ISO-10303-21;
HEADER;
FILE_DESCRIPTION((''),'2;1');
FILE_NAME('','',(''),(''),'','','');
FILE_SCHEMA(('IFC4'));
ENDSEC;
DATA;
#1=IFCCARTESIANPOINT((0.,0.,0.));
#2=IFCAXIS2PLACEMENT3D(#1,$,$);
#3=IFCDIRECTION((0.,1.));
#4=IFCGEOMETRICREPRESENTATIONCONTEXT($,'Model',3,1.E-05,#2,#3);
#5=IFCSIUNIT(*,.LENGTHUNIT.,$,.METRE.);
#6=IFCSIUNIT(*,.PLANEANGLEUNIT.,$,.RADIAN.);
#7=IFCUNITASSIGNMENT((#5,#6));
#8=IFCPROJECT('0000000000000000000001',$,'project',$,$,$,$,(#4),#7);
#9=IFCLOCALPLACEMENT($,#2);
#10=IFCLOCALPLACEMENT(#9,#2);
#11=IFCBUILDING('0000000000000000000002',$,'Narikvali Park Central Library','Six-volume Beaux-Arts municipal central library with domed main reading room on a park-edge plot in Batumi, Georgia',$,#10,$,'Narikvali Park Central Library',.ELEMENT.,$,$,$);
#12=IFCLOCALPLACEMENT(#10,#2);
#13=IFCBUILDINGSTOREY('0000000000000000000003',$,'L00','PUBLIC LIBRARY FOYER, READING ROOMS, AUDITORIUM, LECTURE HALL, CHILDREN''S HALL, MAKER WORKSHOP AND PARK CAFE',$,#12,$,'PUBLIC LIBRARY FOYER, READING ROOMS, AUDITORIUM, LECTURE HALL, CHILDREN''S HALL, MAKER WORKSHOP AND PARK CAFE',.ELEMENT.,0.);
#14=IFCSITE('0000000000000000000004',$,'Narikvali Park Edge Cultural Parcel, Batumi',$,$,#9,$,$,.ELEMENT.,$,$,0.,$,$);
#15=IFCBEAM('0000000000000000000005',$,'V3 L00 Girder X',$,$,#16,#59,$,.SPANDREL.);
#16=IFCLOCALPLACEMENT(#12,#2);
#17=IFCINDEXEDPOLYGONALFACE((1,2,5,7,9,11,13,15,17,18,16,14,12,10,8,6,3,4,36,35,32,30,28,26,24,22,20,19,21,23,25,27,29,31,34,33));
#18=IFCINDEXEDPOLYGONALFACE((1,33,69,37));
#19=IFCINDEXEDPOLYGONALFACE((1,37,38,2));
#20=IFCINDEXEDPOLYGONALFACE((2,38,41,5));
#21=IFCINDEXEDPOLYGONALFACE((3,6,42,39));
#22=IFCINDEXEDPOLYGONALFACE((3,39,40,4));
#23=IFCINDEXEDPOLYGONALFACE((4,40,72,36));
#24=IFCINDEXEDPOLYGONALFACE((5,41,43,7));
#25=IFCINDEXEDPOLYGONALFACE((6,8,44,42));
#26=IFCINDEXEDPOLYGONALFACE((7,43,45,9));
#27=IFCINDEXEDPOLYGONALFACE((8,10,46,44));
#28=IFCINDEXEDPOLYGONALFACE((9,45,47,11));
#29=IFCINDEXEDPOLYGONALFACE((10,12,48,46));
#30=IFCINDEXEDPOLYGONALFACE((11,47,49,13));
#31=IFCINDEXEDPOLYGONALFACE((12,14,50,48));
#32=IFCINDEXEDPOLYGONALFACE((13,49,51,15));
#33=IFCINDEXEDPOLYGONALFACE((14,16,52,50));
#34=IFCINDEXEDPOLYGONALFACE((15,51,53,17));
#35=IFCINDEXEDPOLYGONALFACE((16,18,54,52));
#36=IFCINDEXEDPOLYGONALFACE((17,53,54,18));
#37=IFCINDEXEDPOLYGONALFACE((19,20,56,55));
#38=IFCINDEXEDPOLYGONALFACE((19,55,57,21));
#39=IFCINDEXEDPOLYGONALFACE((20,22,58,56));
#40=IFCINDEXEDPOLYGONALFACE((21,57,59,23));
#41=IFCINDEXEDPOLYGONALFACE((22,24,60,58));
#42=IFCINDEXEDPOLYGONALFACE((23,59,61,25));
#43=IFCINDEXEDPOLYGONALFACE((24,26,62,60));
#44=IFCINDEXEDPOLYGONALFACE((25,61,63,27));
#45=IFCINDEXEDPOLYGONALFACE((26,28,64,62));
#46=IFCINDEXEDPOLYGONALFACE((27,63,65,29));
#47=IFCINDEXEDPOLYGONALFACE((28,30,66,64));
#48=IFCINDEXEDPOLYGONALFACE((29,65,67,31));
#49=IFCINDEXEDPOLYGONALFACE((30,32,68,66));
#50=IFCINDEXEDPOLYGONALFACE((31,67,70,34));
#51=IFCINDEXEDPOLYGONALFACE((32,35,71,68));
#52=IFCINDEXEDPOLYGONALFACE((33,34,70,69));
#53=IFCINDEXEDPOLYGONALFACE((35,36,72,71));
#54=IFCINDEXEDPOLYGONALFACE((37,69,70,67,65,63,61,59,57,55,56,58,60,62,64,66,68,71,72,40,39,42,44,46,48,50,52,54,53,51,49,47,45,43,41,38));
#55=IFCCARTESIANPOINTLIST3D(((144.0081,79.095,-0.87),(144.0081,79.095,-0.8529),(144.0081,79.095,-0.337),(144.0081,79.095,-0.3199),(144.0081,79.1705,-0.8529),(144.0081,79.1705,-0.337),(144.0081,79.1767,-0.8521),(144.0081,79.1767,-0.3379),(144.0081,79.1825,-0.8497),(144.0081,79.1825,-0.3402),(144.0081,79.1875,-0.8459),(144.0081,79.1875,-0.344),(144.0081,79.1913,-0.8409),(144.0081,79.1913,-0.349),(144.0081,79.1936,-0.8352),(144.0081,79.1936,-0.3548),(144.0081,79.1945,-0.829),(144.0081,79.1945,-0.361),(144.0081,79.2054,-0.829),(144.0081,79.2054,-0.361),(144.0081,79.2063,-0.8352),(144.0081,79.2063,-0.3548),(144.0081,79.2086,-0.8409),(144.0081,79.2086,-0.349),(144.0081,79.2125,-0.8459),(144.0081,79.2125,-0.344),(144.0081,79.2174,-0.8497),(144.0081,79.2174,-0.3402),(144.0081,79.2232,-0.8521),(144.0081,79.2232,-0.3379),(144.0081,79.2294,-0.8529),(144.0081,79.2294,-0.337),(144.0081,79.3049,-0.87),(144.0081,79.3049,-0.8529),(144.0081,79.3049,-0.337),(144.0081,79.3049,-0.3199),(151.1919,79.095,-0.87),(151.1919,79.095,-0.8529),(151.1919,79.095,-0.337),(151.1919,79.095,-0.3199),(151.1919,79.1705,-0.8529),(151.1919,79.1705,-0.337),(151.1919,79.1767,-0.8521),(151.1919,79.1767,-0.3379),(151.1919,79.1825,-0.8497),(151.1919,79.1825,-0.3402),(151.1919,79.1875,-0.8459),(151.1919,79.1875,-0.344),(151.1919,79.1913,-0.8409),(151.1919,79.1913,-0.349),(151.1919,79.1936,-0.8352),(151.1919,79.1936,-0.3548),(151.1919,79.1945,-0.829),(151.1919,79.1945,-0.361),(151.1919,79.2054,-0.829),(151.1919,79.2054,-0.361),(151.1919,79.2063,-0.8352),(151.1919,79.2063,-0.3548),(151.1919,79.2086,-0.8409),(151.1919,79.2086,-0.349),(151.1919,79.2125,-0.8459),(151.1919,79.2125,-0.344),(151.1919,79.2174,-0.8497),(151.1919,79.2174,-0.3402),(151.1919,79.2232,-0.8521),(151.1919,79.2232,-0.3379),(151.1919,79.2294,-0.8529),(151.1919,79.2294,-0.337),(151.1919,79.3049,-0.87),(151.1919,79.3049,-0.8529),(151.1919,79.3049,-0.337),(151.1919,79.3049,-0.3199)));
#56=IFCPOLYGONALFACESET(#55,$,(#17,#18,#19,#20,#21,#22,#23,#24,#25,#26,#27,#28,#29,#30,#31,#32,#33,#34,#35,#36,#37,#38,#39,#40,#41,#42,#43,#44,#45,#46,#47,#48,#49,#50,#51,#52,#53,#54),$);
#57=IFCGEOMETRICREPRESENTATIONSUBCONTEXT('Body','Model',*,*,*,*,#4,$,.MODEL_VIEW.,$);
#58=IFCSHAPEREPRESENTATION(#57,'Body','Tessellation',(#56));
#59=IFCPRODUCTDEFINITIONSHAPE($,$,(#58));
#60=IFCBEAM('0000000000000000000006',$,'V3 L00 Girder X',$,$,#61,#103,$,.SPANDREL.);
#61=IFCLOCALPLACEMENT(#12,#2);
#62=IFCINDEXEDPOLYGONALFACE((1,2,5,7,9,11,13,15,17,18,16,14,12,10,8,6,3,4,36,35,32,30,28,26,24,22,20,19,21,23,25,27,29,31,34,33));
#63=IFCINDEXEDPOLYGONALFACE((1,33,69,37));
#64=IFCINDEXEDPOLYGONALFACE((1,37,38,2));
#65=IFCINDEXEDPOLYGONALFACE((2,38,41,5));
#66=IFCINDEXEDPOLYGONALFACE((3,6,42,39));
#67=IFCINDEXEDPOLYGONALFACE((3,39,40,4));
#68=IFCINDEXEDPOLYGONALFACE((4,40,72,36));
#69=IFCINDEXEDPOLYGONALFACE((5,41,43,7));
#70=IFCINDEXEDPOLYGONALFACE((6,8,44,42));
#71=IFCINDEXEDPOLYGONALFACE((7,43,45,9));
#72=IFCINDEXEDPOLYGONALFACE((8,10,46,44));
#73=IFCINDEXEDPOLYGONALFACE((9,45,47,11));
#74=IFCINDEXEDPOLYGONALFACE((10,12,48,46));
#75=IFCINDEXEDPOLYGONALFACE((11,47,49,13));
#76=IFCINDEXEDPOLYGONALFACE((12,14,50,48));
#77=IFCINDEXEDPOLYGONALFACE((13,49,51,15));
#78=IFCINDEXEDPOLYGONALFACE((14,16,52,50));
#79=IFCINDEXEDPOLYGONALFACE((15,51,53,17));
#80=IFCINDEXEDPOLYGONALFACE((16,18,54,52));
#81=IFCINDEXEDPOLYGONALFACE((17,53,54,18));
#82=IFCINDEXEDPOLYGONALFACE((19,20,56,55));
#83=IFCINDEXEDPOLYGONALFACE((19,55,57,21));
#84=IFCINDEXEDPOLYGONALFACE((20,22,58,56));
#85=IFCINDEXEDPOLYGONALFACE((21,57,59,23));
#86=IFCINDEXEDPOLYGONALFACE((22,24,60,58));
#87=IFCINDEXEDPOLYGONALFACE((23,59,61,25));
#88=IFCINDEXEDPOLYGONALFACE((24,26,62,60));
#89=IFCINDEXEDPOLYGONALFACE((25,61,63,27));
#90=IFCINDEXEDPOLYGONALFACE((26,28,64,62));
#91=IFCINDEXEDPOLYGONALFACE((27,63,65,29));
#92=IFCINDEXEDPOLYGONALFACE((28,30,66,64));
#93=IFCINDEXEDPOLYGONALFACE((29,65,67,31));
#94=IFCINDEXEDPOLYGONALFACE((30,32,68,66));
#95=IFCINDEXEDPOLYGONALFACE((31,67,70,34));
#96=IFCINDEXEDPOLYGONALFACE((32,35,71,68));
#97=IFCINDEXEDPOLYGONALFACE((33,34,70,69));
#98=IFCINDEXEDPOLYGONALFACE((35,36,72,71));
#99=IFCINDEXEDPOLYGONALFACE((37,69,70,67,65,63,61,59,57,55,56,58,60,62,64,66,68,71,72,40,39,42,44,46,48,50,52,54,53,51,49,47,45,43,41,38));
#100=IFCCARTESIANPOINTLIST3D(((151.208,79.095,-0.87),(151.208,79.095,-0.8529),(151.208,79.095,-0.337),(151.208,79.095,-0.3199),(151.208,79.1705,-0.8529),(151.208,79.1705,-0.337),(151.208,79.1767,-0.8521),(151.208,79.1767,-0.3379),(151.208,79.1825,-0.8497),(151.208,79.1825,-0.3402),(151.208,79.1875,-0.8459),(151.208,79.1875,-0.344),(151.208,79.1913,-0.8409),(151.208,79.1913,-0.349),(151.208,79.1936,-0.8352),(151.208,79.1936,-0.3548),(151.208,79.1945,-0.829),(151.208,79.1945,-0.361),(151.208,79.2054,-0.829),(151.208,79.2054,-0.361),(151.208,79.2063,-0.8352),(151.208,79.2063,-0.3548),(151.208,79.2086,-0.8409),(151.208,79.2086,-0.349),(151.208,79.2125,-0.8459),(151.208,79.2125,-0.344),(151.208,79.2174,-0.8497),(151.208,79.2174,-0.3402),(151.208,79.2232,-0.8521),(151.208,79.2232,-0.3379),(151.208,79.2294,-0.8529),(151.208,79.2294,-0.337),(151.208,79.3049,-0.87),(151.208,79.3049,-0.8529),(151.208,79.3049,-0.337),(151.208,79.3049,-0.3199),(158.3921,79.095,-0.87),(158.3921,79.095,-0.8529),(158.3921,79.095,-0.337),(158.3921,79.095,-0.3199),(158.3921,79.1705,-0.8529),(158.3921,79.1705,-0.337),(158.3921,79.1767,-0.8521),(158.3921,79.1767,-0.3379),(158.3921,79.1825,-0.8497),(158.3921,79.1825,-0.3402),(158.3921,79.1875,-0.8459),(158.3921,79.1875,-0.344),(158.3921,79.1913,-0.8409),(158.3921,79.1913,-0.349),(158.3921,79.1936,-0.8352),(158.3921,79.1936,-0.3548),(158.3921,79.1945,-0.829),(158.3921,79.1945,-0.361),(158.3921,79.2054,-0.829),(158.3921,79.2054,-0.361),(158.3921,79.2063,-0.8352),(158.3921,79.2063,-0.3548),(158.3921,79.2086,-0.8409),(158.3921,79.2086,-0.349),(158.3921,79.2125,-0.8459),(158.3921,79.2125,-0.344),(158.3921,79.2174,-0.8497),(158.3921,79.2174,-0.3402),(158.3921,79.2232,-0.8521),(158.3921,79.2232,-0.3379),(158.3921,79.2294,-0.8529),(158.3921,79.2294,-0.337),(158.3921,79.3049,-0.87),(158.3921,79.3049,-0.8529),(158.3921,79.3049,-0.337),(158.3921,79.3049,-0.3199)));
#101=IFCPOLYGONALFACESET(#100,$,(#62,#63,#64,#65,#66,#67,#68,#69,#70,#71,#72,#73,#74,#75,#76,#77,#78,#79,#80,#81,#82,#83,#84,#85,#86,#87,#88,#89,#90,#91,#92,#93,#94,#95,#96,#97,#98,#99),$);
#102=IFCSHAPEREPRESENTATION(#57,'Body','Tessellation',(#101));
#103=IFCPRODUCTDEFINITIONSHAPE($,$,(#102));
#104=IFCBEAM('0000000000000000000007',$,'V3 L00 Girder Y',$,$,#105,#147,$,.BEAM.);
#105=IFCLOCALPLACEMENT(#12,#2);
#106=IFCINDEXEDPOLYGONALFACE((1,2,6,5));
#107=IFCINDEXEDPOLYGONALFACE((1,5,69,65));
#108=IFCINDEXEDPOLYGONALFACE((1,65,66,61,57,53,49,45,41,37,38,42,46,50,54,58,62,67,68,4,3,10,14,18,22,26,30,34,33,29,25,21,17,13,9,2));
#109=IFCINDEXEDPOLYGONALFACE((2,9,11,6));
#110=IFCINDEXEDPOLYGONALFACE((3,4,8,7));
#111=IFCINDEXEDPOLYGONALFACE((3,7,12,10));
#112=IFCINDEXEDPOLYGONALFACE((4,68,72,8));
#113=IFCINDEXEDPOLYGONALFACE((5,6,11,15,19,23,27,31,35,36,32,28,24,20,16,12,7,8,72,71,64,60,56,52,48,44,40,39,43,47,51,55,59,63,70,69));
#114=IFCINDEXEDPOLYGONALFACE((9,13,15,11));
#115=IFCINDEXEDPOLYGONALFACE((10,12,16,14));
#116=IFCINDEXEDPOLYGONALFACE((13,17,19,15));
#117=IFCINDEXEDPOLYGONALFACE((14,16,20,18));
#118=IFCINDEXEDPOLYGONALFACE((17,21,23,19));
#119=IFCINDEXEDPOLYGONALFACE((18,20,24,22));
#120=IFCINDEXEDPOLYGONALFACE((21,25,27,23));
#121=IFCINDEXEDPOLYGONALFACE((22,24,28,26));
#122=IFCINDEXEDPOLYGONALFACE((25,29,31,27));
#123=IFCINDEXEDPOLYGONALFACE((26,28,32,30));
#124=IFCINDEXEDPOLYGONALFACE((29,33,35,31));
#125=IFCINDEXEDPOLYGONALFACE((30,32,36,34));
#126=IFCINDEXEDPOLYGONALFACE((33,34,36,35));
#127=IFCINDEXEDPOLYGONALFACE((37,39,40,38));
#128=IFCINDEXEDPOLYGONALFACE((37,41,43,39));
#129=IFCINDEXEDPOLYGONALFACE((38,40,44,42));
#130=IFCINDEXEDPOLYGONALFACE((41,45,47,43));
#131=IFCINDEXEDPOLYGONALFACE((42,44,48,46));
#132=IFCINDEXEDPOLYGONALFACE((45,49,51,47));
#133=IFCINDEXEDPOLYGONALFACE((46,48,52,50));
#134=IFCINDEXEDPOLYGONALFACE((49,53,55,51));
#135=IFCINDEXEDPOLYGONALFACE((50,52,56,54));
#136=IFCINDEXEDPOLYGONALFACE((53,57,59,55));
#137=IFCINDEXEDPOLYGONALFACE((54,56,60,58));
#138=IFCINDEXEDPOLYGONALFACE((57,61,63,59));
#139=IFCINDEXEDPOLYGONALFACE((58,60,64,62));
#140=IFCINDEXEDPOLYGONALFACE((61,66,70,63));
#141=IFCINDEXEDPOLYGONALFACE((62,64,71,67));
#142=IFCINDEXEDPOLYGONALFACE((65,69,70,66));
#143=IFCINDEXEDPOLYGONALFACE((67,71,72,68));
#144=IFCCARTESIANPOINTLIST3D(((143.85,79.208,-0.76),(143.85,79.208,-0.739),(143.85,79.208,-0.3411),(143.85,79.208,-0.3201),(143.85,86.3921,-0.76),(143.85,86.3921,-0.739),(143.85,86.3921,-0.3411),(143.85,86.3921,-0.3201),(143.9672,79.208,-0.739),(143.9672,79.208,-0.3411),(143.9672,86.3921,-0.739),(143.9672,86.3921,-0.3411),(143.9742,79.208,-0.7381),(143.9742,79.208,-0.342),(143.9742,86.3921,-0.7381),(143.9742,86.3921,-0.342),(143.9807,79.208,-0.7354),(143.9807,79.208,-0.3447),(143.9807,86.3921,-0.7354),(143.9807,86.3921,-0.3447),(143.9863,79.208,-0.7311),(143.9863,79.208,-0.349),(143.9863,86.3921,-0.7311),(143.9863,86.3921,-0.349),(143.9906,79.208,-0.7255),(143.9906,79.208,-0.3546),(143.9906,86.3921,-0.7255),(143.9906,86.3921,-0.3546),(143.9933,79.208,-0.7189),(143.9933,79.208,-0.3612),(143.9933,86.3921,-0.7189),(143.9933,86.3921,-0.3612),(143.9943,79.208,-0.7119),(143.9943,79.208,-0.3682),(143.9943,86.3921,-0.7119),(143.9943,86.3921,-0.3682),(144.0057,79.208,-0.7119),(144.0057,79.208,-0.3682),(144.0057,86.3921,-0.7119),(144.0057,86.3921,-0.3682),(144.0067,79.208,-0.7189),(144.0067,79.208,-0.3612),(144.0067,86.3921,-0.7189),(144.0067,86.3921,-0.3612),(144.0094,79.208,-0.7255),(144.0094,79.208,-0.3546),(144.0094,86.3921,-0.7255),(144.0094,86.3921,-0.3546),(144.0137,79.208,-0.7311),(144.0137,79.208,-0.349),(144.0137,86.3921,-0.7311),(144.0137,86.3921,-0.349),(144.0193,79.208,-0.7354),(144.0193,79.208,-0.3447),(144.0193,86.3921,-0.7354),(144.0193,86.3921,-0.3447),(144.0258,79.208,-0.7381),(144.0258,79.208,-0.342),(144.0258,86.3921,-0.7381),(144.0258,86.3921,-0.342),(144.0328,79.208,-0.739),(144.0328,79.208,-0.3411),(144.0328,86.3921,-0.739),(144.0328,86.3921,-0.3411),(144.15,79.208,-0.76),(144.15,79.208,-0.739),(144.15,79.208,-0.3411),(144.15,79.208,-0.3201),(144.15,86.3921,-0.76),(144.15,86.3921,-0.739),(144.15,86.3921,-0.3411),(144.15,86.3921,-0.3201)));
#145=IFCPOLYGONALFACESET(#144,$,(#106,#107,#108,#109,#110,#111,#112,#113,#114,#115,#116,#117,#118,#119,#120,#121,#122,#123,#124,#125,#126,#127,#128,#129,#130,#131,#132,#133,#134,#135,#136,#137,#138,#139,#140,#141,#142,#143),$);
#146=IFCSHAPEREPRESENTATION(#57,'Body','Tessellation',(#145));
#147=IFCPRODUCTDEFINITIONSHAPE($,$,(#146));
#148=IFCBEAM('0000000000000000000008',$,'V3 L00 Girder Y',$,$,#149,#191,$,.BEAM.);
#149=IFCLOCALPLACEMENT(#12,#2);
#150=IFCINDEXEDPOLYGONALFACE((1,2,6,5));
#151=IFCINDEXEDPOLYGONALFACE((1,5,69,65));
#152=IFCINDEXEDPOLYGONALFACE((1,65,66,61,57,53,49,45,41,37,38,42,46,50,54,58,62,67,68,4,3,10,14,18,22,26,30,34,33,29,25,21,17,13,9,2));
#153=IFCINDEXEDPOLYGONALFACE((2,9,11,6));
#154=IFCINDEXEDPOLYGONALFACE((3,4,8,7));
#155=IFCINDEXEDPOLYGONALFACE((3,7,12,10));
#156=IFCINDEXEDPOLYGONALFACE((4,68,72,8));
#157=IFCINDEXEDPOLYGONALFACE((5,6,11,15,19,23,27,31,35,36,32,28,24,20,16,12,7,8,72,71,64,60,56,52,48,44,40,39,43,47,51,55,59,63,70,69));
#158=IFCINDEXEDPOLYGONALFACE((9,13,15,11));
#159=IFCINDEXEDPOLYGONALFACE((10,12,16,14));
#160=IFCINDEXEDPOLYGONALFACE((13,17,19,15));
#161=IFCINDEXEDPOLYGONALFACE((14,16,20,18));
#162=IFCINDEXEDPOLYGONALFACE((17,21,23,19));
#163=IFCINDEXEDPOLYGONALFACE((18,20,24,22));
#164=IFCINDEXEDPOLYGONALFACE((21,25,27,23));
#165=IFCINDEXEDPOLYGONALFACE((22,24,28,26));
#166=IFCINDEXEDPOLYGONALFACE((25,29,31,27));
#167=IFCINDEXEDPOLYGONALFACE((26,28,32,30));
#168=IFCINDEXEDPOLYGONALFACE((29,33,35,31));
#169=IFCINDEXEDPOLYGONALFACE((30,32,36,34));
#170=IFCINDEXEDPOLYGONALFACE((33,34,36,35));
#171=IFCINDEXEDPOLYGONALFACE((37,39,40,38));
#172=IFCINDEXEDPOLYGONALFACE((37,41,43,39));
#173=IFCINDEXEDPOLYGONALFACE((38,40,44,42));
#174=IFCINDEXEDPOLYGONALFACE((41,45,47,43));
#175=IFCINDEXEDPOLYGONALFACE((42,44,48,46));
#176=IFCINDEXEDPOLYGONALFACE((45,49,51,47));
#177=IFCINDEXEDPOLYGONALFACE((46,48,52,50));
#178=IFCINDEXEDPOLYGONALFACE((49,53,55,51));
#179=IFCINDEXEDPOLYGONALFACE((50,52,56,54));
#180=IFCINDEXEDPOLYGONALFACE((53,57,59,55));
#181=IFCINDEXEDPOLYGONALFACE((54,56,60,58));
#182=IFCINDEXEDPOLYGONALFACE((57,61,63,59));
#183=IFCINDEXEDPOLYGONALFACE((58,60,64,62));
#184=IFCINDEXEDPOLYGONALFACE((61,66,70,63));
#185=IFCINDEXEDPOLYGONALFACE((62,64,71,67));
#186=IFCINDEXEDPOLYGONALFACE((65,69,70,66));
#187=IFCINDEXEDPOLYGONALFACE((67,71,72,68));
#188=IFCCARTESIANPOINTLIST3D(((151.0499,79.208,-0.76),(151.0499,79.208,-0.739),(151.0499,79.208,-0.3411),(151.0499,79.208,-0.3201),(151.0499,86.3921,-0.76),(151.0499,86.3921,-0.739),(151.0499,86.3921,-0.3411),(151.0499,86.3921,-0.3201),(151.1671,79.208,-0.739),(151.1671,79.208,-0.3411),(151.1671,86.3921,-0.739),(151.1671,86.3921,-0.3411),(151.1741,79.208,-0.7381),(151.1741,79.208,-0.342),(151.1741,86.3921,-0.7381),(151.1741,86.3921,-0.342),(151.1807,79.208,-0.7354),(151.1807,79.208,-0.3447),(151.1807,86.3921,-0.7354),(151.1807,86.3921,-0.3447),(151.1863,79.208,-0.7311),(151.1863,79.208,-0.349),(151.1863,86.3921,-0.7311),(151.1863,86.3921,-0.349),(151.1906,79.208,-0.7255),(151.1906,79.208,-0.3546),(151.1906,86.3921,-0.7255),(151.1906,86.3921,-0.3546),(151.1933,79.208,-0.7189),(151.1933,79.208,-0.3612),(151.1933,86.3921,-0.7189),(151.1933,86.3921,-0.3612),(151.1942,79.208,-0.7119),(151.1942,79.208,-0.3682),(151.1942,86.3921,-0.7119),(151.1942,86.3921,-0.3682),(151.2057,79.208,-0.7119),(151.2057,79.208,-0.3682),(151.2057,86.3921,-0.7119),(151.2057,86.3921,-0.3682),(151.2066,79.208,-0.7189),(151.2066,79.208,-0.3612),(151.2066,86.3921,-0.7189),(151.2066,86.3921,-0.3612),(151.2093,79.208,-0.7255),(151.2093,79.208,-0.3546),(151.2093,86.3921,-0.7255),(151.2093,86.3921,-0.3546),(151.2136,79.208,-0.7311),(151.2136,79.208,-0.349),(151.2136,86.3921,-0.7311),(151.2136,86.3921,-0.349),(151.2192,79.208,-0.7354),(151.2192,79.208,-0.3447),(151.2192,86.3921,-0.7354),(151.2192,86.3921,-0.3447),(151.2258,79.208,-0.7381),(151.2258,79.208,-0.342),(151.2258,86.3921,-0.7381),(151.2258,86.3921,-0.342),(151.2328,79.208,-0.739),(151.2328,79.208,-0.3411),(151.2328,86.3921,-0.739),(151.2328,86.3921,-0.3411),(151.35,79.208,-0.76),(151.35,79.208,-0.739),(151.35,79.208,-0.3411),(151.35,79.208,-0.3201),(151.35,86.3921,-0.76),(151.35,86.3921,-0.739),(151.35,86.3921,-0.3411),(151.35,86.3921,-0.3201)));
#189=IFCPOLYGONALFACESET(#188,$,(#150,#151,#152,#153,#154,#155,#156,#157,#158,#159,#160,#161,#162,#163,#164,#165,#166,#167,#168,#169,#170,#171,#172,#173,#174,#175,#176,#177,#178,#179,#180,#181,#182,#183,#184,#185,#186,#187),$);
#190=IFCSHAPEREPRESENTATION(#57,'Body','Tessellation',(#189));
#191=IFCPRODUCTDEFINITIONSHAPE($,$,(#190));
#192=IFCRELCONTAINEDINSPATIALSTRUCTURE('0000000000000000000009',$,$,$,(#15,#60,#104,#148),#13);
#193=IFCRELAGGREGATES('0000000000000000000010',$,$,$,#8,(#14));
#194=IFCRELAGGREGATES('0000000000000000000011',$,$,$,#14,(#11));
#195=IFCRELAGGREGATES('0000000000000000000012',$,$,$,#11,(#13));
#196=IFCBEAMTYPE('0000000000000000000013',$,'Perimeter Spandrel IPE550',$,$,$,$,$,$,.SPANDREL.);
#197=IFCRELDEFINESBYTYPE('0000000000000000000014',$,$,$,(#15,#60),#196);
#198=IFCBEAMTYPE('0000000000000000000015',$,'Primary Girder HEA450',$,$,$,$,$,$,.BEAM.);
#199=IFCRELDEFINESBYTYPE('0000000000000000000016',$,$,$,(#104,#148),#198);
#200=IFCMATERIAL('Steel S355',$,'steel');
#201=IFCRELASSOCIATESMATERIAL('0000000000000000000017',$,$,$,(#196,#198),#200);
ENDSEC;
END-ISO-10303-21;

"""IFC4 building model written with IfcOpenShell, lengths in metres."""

from ifc_helpers import new_model, si_unit, direction, frame, origin, origin_2d, place, context, subcontext, project, spatial, i_section, extrude, material, material_profile, profile_set, type_object, element, save


model = new_model("IFC4")

# Units and contexts
model_context = context("Model", 3, precision=1e-05, world=origin(), true_north=direction((0.0, 1.0)))
body_context = subcontext(model_context, "Body", "Model", "MODEL_VIEW")
ifc_project = project(units=[si_unit("LENGTHUNIT", "METRE"), si_unit("PLANEANGLEUNIT", "RADIAN")], contexts=[model_context])

# Site, building, storey
site_placement = place(None, origin())
site = spatial("IfcSite", under=ifc_project, at=site_placement, Name="Narikvali Park Edge Cultural Parcel, Batumi", CompositionType="ELEMENT", RefElevation=0.0)
building_placement = place(site_placement, origin())
building = spatial("IfcBuilding", under=site, at=building_placement, Name="Narikvali Park Central Library", Description="Six-volume Beaux-Arts municipal central library with domed main reading room on a park-edge plot in Batumi, Georgia", LongName="Narikvali Park Central Library", CompositionType="ELEMENT")
storey_placement = place(building_placement, origin())
storey = spatial("IfcBuildingStorey", under=building, at=storey_placement, Name="L00", Description="PUBLIC LIBRARY FOYER, READING ROOMS, AUDITORIUM, LECTURE HALL, CHILDREN'S HALL, MAKER WORKSHOP AND PARK CAFE", LongName="PUBLIC LIBRARY FOYER, READING ROOMS, AUDITORIUM, LECTURE HALL, CHILDREN'S HALL, MAKER WORKSHOP AND PARK CAFE", CompositionType="ELEMENT", Elevation=0.0)

# Shared definitions
ifc_material_1 = material(Name="Steel S355", Category="steel")

# Beams
ifc_material_profile_1 = material_profile(ifc_material_1, i_section(OverallWidth=0.21, OverallDepth=0.55, WebThickness=0.011, FlangeThickness=0.0171, FilletRadius=0.0239, at=origin_2d()), Name="IPE 550")
ifc_profile_set_1 = profile_set([ifc_material_profile_1], Name="Steel S355")
beam_type_1 = type_object("IfcBeamType", Name="Perimeter Spandrel IPE550", PredefinedType="SPANDREL", material=ifc_profile_set_1)
beam_1_placement = place(storey_placement, frame((144.0081, 79.2, -0.595), z_axis=(1.0, 0.0, 0.0), x_axis=(0.0, 1.0, 0.0)))
element("IfcBeam", 1, at=beam_1_placement, inside=storey, type_object=beam_type_1, Name="V3 L00 Girder X", PredefinedType="SPANDREL", context=body_context, shape_type="SweptSolid", body=[
    extrude(i_section(OverallWidth=0.21, OverallDepth=0.55, WebThickness=0.011, FlangeThickness=0.0171, FilletRadius=0.0239, at=origin_2d()), origin(), (0.0, 0.0, 1.0), 7.1838),
])
beam_2_placement = place(storey_placement, frame((151.208, 79.2, -0.595), z_axis=(1.0, 0.0, 0.0), x_axis=(0.0, 1.0, 0.0)))
element("IfcBeam", 2, at=beam_2_placement, inside=storey, type_object=beam_type_1, Name="V3 L00 Girder X", PredefinedType="SPANDREL", context=body_context, shape_type="SweptSolid", body=[
    extrude(i_section(OverallWidth=0.21, OverallDepth=0.55, WebThickness=0.011, FlangeThickness=0.0171, FilletRadius=0.0239, at=origin_2d()), origin(), (0.0, 0.0, 1.0), 7.1841),
])
ifc_material_profile_2 = material_profile(ifc_material_1, i_section(OverallWidth=0.3, OverallDepth=0.4399, WebThickness=0.0115, FlangeThickness=0.021, FilletRadius=0.0271, at=origin_2d()), Name="HEA 450")
ifc_profile_set_2 = profile_set([ifc_material_profile_2], Name="Steel S355")
beam_type_2 = type_object("IfcBeamType", Name="Primary Girder HEA450", PredefinedType="BEAM", material=ifc_profile_set_2)
for number, where, z_axis, x_axis, name in (
    (3, (144.0, 79.208, -0.54), (0.0, 1.0, 0.0), (-1.0, 0.0, 0.0), "V3 L00 Girder Y"),
    (4, (151.2, 79.208, -0.54), (0.0, 1.0, 0.0), (-1.0, 0.0, 0.0), "V3 L00 Girder Y"),
):
    element("IfcBeam", number, at=place(storey_placement, frame(where, z_axis=z_axis, x_axis=x_axis)), inside=storey, type_object=beam_type_2, Name=name, PredefinedType="BEAM", context=body_context, shape_type="SweptSolid", body=[
        extrude(i_section(OverallWidth=0.3, OverallDepth=0.4399, WebThickness=0.0115, FlangeThickness=0.021, FilletRadius=0.0271, at=origin_2d()), origin(), (0.0, 0.0, 1.0), 7.1841),
    ])

save(model, "model.ifc")
